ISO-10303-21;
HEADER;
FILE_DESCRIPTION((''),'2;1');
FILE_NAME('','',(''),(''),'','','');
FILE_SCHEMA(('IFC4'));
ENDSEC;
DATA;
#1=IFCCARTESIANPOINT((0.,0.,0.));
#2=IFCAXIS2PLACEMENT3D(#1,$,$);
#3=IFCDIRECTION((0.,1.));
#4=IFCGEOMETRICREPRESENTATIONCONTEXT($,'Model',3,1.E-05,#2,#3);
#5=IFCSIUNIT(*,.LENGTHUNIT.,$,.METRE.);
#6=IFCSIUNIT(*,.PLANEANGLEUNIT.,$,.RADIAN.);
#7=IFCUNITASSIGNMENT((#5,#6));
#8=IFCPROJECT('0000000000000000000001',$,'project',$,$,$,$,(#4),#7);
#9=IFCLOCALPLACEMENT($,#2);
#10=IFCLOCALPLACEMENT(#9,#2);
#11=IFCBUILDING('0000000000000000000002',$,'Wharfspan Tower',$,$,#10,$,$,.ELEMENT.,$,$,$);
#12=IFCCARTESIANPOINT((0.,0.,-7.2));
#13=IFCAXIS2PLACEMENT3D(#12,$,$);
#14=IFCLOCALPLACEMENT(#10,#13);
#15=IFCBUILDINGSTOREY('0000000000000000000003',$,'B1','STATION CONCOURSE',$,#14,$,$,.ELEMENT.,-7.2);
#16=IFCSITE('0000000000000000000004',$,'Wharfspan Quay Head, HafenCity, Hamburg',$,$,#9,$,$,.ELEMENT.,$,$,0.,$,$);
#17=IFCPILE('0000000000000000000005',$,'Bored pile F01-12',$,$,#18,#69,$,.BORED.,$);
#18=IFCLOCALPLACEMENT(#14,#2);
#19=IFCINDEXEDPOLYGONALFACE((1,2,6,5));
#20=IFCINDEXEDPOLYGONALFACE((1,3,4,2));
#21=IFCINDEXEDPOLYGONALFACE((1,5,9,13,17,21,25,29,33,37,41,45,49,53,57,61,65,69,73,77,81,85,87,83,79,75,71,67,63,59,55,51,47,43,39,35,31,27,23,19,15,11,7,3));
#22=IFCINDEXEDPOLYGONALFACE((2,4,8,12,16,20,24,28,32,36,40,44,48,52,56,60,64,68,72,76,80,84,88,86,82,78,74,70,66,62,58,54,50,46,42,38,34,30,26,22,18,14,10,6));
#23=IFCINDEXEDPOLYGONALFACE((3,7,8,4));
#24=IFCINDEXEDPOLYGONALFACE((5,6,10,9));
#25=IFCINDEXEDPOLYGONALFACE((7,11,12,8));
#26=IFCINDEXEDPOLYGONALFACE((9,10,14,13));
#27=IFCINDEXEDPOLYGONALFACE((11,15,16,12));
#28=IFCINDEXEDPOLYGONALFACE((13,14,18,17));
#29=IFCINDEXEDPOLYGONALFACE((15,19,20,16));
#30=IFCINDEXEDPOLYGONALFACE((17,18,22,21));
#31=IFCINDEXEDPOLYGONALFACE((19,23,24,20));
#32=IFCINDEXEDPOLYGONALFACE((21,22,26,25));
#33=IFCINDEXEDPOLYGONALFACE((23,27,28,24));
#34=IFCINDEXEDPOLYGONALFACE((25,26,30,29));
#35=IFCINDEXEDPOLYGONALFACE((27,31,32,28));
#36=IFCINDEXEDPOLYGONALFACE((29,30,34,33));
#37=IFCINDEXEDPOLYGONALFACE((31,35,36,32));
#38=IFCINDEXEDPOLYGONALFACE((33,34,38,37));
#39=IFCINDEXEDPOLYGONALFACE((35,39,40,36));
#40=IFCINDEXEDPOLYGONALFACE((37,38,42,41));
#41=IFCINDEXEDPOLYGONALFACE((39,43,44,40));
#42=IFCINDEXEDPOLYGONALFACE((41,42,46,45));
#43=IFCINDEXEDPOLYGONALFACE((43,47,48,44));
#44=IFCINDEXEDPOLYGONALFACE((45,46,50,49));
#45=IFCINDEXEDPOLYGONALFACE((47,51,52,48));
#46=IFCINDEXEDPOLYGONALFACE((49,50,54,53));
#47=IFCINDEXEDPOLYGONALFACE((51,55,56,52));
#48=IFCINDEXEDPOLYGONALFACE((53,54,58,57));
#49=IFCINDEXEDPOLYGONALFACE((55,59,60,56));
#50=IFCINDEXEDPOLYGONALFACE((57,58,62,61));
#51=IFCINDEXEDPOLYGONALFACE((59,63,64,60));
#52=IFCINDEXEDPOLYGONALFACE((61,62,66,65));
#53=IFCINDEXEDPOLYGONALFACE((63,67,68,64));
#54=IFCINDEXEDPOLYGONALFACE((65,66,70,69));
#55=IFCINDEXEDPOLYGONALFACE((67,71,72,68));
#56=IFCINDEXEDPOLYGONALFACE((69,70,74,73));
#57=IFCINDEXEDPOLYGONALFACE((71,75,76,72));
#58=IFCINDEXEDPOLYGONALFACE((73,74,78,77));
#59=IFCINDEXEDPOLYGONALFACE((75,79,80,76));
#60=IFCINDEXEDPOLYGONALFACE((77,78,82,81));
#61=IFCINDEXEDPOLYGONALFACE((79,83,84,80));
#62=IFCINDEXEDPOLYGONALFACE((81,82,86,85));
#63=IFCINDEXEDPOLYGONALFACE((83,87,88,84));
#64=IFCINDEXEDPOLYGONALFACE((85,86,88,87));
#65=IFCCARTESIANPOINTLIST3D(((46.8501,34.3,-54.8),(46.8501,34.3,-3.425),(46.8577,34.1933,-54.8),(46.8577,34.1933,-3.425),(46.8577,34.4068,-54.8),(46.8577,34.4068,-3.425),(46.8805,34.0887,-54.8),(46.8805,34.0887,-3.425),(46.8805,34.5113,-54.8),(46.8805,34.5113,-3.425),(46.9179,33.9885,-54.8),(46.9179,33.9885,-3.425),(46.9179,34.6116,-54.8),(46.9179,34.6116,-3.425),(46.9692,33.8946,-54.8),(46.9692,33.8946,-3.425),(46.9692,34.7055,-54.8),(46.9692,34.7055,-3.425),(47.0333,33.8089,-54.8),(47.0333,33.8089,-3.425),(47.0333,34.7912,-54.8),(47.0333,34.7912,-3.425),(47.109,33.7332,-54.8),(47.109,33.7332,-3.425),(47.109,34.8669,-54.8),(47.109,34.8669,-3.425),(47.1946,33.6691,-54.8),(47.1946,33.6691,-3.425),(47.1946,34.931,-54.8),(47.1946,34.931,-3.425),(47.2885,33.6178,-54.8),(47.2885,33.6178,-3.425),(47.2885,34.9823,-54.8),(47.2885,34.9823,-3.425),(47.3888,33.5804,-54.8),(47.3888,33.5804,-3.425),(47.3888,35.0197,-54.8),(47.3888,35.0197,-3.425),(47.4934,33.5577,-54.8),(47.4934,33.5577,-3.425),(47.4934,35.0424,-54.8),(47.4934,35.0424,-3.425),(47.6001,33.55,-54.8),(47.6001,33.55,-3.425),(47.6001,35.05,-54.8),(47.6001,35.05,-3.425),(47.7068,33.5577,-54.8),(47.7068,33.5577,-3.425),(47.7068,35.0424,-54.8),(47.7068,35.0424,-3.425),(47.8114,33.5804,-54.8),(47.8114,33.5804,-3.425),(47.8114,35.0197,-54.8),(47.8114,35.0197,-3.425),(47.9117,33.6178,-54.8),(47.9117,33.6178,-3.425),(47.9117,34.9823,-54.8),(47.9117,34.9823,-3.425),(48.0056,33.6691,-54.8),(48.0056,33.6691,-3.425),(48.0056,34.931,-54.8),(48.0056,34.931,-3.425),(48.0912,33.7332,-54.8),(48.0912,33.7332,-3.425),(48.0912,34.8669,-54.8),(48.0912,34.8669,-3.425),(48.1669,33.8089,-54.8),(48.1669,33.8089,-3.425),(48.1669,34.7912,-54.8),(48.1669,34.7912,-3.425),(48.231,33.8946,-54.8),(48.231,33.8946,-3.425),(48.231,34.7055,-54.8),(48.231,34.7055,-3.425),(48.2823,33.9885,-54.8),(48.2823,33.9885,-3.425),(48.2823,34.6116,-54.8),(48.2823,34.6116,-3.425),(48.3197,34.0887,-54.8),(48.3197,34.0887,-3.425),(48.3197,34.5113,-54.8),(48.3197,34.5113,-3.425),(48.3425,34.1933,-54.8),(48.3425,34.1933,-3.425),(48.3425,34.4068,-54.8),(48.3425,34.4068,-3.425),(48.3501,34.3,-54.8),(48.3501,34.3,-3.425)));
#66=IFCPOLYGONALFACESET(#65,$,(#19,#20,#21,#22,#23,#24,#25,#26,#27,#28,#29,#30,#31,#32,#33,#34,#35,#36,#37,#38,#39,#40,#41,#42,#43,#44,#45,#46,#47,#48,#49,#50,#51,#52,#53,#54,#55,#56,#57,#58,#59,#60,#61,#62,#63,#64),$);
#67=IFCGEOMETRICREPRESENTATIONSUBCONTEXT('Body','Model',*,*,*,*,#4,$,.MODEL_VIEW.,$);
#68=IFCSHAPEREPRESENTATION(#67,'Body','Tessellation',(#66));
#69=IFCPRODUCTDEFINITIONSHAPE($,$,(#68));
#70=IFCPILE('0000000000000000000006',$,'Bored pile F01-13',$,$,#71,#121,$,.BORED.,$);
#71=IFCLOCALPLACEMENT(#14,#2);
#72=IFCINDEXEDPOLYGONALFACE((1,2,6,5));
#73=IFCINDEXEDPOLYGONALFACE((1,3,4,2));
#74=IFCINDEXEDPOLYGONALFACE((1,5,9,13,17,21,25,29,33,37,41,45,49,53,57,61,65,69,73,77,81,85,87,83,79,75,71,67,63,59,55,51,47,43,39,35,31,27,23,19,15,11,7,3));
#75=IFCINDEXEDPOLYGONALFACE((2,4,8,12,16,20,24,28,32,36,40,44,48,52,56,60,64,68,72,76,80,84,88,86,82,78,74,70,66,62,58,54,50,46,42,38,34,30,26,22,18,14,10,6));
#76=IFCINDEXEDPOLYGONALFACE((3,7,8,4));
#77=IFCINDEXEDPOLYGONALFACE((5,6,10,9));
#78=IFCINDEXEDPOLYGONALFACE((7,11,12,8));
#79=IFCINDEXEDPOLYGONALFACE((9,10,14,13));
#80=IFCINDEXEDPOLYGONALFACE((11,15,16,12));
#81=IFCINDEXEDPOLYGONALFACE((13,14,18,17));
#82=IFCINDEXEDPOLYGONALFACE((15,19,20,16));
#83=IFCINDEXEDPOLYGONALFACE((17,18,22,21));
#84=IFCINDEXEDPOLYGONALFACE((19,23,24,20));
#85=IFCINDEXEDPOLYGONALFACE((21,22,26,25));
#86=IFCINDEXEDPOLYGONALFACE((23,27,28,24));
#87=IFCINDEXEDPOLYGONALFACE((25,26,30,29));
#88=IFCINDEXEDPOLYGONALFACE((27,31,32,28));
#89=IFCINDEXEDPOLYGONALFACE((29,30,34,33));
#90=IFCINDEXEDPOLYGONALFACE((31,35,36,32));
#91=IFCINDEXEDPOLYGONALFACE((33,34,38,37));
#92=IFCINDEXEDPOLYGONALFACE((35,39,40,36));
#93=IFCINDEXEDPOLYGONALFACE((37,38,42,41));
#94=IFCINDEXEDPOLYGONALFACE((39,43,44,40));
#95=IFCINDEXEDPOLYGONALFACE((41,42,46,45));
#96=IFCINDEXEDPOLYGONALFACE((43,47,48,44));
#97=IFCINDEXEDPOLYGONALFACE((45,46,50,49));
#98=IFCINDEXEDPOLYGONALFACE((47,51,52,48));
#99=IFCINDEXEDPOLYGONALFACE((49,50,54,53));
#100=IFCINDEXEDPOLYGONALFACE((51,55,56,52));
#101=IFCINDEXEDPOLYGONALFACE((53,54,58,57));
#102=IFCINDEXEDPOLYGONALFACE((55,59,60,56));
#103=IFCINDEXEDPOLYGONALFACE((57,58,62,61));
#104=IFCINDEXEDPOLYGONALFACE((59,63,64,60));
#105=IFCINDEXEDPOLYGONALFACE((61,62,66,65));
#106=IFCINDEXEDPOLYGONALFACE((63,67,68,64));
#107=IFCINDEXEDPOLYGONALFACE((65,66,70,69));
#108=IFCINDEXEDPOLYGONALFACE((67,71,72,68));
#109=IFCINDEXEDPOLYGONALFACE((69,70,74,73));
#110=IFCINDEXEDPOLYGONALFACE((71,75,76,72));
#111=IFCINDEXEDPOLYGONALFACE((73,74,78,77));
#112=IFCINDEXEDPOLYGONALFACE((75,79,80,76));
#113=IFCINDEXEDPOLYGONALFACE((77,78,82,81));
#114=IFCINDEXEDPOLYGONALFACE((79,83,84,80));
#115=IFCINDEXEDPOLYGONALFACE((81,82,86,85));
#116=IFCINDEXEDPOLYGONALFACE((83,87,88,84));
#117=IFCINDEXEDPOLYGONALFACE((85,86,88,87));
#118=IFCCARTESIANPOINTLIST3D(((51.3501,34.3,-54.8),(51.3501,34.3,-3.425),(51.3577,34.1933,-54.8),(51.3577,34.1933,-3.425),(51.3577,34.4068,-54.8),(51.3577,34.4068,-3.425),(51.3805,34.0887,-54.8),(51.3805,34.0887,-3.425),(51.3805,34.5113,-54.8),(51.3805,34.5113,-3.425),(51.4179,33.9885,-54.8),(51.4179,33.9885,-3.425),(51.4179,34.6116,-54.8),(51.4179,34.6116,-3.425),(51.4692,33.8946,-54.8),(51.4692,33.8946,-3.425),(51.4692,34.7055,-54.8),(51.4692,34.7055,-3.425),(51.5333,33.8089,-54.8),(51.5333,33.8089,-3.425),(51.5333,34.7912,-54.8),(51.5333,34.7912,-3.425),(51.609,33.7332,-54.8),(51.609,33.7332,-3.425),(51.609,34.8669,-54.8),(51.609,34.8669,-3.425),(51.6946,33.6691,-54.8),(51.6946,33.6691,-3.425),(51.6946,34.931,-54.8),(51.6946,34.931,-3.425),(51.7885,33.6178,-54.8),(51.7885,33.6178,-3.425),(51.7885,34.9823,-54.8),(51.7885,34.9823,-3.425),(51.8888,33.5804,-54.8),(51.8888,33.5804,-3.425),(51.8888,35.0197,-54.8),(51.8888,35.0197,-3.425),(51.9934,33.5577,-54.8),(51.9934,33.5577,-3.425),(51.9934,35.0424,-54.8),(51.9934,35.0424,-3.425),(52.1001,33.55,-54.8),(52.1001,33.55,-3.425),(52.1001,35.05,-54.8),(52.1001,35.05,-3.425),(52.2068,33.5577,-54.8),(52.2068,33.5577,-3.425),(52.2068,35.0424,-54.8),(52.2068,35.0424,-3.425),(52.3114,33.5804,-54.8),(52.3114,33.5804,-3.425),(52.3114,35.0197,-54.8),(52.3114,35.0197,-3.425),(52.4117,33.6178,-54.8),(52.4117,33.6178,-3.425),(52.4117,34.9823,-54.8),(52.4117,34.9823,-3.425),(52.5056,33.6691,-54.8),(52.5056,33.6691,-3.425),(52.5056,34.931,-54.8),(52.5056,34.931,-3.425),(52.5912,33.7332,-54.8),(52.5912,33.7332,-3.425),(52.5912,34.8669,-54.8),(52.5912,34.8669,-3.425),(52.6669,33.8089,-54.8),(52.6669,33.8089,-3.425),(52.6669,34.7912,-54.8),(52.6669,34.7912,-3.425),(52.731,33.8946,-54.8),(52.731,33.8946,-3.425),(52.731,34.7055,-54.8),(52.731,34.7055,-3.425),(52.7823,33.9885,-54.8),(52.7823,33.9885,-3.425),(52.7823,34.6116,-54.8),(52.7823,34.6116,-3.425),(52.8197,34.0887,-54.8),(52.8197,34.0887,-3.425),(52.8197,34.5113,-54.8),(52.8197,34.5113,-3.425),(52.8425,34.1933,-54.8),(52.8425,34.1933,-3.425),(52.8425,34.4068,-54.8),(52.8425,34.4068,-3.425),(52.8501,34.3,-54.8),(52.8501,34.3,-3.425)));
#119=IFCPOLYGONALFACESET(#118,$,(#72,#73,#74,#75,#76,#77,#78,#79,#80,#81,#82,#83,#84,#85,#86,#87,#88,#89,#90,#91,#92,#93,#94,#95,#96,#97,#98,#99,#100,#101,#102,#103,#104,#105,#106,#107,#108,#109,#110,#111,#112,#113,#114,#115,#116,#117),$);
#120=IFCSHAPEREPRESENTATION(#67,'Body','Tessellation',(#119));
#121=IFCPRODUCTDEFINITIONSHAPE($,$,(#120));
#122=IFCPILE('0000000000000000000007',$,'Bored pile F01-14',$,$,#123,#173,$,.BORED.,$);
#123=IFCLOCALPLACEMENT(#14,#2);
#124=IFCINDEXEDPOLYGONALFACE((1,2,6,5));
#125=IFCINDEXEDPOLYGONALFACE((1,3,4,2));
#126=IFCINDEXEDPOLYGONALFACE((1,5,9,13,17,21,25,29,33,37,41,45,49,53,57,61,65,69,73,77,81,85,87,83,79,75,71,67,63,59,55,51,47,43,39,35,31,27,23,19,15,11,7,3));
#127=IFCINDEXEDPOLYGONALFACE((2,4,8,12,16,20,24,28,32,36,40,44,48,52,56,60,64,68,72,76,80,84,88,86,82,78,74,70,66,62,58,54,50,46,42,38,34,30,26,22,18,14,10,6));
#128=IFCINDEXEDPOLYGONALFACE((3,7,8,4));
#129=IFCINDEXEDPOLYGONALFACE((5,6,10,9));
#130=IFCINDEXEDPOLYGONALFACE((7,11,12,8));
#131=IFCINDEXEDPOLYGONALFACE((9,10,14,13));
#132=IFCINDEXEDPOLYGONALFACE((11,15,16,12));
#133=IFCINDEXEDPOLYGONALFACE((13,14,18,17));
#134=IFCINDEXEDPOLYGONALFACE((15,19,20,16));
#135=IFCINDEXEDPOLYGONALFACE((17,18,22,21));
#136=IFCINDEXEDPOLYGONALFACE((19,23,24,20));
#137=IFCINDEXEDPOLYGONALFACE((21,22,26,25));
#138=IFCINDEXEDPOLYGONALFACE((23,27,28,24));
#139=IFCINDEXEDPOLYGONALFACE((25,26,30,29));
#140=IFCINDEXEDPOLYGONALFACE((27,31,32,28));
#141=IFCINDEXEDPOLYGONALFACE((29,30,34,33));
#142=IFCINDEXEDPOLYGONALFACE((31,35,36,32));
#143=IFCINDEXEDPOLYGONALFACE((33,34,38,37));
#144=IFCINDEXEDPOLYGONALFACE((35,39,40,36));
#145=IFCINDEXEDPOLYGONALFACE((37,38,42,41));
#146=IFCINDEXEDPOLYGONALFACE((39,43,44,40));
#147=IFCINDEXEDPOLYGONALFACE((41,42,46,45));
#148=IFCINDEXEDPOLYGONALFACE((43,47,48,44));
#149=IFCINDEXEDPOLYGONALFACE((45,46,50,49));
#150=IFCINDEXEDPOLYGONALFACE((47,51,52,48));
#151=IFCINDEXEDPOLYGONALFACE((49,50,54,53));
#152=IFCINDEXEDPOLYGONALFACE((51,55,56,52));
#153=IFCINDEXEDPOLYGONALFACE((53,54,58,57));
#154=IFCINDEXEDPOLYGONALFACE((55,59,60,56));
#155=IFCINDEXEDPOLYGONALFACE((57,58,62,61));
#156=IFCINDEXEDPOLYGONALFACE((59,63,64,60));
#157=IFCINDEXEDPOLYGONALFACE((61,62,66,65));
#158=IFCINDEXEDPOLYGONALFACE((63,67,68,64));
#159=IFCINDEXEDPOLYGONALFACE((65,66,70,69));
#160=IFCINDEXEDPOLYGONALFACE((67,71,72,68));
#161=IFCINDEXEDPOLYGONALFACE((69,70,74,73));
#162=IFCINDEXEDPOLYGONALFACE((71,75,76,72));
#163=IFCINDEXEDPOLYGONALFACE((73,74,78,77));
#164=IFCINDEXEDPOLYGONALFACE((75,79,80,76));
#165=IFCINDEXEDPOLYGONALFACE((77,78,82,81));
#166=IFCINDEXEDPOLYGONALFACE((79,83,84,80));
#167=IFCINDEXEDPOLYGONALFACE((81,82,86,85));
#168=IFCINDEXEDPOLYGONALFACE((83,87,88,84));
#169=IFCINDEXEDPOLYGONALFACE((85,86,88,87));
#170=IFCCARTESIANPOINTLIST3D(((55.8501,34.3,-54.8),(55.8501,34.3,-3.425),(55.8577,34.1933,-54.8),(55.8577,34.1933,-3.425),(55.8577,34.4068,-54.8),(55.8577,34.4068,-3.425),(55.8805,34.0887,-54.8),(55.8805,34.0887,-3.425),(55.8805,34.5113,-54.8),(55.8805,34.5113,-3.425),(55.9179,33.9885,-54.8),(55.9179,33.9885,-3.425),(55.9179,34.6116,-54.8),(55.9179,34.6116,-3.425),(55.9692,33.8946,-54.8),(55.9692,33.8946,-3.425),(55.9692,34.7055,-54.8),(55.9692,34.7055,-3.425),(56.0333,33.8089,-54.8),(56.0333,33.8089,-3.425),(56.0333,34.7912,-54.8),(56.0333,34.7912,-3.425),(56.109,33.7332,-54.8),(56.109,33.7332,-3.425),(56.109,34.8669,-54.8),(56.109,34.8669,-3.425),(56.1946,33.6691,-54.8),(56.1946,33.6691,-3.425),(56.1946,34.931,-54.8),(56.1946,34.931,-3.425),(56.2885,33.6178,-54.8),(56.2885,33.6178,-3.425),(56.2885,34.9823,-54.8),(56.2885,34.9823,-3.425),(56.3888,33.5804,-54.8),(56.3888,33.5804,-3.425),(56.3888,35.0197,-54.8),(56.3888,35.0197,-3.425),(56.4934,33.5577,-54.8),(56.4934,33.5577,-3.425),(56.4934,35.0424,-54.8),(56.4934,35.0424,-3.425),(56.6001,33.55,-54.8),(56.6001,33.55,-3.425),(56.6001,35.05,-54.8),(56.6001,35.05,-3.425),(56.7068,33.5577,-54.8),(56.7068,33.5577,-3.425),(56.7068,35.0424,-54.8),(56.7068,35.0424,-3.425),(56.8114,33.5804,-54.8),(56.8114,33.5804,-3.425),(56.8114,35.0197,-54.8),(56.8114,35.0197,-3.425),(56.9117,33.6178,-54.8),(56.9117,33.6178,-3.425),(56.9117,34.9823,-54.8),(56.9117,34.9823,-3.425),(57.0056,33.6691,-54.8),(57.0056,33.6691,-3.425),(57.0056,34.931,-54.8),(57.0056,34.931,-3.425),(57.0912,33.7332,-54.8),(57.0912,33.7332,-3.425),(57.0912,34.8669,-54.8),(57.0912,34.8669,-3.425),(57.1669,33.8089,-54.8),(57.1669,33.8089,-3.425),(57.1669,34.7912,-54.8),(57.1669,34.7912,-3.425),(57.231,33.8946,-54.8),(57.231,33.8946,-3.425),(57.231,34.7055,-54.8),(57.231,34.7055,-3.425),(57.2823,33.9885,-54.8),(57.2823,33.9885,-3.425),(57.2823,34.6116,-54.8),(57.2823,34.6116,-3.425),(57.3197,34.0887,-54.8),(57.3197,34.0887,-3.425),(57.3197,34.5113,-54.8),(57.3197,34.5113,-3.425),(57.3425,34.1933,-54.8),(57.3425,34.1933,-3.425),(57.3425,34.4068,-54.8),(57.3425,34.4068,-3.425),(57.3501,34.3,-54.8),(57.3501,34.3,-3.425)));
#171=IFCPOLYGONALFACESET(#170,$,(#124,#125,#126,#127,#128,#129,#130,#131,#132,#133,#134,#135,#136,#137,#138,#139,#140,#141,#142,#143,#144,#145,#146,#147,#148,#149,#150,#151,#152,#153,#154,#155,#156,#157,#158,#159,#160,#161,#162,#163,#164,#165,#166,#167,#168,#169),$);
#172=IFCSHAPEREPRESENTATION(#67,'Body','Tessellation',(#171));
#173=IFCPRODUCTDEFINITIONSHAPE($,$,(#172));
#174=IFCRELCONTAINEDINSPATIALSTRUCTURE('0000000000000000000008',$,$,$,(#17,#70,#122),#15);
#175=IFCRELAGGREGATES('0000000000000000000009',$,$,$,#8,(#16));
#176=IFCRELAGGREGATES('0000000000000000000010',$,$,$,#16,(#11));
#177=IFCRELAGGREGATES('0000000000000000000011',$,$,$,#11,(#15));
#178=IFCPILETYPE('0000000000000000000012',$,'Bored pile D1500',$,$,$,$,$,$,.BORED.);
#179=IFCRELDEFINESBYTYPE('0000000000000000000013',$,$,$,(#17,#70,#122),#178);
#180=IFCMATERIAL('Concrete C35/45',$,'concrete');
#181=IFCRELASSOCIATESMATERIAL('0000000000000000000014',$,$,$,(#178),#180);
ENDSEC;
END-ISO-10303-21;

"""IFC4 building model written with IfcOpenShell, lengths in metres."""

from ifc_helpers import new_model, si_unit, direction, frame, origin, origin_2d, place, context, subcontext, project, spatial, circle, extrude, material, material_profile, profile_set, type_object, element, save


model = new_model("IFC4")

# Units and contexts
model_context = context("Model", 3, precision=1e-05, world=origin(), true_north=direction((0.0, 1.0)))
body_context = subcontext(model_context, "Body", "Model", "MODEL_VIEW")
ifc_project = project(units=[si_unit("LENGTHUNIT", "METRE"), si_unit("PLANEANGLEUNIT", "RADIAN")], contexts=[model_context])

# Site, building, storey
site_placement = place(None, origin())
site = spatial("IfcSite", under=ifc_project, at=site_placement, Name="Wharfspan Quay Head, HafenCity, Hamburg", CompositionType="ELEMENT", RefElevation=0.0)
building_placement = place(site_placement, origin())
building = spatial("IfcBuilding", under=site, at=building_placement, Name="Wharfspan Tower", CompositionType="ELEMENT")
storey_placement = place(building_placement, frame((0.0, 0.0, -7.2)))
storey = spatial("IfcBuildingStorey", under=building, at=storey_placement, Name="B1", Description="STATION CONCOURSE", CompositionType="ELEMENT", Elevation=-7.2)

# Piles
ifc_material_1 = material(Name="Concrete C35/45", Category="concrete")
ifc_material_profile_1 = material_profile(ifc_material_1, circle(Radius=0.75, at=origin_2d()))
ifc_profile_set_1 = profile_set([ifc_material_profile_1], Name="Concrete C35/45")
pile_type = type_object("IfcPileType", Name="Bored pile D1500", PredefinedType="BORED", material=ifc_profile_set_1)
for number, where, z_axis, x_axis, name in (
    (1, (47.6001, 34.3, -3.425), (0.0, 0.0, -1.0), (1.0, 0.0, 0.0), "Bored pile F01-12"),
    (2, (52.1001, 34.3, -3.425), (0.0, 0.0, -1.0), (1.0, 0.0, 0.0), "Bored pile F01-13"),
    (3, (56.6001, 34.3, -3.425), (0.0, 0.0, -1.0), (1.0, 0.0, 0.0), "Bored pile F01-14"),
):
    element("IfcPile", number, at=place(storey_placement, frame(where, z_axis=z_axis, x_axis=x_axis)), inside=storey, type_object=pile_type, Name=name, PredefinedType="BORED", context=body_context, shape_type="SweptSolid", body=[
        extrude(circle(Radius=0.75, at=origin_2d()), origin(), (0.0, 0.0, 1.0), 51.375),
    ])

save(model, "model.ifc")
